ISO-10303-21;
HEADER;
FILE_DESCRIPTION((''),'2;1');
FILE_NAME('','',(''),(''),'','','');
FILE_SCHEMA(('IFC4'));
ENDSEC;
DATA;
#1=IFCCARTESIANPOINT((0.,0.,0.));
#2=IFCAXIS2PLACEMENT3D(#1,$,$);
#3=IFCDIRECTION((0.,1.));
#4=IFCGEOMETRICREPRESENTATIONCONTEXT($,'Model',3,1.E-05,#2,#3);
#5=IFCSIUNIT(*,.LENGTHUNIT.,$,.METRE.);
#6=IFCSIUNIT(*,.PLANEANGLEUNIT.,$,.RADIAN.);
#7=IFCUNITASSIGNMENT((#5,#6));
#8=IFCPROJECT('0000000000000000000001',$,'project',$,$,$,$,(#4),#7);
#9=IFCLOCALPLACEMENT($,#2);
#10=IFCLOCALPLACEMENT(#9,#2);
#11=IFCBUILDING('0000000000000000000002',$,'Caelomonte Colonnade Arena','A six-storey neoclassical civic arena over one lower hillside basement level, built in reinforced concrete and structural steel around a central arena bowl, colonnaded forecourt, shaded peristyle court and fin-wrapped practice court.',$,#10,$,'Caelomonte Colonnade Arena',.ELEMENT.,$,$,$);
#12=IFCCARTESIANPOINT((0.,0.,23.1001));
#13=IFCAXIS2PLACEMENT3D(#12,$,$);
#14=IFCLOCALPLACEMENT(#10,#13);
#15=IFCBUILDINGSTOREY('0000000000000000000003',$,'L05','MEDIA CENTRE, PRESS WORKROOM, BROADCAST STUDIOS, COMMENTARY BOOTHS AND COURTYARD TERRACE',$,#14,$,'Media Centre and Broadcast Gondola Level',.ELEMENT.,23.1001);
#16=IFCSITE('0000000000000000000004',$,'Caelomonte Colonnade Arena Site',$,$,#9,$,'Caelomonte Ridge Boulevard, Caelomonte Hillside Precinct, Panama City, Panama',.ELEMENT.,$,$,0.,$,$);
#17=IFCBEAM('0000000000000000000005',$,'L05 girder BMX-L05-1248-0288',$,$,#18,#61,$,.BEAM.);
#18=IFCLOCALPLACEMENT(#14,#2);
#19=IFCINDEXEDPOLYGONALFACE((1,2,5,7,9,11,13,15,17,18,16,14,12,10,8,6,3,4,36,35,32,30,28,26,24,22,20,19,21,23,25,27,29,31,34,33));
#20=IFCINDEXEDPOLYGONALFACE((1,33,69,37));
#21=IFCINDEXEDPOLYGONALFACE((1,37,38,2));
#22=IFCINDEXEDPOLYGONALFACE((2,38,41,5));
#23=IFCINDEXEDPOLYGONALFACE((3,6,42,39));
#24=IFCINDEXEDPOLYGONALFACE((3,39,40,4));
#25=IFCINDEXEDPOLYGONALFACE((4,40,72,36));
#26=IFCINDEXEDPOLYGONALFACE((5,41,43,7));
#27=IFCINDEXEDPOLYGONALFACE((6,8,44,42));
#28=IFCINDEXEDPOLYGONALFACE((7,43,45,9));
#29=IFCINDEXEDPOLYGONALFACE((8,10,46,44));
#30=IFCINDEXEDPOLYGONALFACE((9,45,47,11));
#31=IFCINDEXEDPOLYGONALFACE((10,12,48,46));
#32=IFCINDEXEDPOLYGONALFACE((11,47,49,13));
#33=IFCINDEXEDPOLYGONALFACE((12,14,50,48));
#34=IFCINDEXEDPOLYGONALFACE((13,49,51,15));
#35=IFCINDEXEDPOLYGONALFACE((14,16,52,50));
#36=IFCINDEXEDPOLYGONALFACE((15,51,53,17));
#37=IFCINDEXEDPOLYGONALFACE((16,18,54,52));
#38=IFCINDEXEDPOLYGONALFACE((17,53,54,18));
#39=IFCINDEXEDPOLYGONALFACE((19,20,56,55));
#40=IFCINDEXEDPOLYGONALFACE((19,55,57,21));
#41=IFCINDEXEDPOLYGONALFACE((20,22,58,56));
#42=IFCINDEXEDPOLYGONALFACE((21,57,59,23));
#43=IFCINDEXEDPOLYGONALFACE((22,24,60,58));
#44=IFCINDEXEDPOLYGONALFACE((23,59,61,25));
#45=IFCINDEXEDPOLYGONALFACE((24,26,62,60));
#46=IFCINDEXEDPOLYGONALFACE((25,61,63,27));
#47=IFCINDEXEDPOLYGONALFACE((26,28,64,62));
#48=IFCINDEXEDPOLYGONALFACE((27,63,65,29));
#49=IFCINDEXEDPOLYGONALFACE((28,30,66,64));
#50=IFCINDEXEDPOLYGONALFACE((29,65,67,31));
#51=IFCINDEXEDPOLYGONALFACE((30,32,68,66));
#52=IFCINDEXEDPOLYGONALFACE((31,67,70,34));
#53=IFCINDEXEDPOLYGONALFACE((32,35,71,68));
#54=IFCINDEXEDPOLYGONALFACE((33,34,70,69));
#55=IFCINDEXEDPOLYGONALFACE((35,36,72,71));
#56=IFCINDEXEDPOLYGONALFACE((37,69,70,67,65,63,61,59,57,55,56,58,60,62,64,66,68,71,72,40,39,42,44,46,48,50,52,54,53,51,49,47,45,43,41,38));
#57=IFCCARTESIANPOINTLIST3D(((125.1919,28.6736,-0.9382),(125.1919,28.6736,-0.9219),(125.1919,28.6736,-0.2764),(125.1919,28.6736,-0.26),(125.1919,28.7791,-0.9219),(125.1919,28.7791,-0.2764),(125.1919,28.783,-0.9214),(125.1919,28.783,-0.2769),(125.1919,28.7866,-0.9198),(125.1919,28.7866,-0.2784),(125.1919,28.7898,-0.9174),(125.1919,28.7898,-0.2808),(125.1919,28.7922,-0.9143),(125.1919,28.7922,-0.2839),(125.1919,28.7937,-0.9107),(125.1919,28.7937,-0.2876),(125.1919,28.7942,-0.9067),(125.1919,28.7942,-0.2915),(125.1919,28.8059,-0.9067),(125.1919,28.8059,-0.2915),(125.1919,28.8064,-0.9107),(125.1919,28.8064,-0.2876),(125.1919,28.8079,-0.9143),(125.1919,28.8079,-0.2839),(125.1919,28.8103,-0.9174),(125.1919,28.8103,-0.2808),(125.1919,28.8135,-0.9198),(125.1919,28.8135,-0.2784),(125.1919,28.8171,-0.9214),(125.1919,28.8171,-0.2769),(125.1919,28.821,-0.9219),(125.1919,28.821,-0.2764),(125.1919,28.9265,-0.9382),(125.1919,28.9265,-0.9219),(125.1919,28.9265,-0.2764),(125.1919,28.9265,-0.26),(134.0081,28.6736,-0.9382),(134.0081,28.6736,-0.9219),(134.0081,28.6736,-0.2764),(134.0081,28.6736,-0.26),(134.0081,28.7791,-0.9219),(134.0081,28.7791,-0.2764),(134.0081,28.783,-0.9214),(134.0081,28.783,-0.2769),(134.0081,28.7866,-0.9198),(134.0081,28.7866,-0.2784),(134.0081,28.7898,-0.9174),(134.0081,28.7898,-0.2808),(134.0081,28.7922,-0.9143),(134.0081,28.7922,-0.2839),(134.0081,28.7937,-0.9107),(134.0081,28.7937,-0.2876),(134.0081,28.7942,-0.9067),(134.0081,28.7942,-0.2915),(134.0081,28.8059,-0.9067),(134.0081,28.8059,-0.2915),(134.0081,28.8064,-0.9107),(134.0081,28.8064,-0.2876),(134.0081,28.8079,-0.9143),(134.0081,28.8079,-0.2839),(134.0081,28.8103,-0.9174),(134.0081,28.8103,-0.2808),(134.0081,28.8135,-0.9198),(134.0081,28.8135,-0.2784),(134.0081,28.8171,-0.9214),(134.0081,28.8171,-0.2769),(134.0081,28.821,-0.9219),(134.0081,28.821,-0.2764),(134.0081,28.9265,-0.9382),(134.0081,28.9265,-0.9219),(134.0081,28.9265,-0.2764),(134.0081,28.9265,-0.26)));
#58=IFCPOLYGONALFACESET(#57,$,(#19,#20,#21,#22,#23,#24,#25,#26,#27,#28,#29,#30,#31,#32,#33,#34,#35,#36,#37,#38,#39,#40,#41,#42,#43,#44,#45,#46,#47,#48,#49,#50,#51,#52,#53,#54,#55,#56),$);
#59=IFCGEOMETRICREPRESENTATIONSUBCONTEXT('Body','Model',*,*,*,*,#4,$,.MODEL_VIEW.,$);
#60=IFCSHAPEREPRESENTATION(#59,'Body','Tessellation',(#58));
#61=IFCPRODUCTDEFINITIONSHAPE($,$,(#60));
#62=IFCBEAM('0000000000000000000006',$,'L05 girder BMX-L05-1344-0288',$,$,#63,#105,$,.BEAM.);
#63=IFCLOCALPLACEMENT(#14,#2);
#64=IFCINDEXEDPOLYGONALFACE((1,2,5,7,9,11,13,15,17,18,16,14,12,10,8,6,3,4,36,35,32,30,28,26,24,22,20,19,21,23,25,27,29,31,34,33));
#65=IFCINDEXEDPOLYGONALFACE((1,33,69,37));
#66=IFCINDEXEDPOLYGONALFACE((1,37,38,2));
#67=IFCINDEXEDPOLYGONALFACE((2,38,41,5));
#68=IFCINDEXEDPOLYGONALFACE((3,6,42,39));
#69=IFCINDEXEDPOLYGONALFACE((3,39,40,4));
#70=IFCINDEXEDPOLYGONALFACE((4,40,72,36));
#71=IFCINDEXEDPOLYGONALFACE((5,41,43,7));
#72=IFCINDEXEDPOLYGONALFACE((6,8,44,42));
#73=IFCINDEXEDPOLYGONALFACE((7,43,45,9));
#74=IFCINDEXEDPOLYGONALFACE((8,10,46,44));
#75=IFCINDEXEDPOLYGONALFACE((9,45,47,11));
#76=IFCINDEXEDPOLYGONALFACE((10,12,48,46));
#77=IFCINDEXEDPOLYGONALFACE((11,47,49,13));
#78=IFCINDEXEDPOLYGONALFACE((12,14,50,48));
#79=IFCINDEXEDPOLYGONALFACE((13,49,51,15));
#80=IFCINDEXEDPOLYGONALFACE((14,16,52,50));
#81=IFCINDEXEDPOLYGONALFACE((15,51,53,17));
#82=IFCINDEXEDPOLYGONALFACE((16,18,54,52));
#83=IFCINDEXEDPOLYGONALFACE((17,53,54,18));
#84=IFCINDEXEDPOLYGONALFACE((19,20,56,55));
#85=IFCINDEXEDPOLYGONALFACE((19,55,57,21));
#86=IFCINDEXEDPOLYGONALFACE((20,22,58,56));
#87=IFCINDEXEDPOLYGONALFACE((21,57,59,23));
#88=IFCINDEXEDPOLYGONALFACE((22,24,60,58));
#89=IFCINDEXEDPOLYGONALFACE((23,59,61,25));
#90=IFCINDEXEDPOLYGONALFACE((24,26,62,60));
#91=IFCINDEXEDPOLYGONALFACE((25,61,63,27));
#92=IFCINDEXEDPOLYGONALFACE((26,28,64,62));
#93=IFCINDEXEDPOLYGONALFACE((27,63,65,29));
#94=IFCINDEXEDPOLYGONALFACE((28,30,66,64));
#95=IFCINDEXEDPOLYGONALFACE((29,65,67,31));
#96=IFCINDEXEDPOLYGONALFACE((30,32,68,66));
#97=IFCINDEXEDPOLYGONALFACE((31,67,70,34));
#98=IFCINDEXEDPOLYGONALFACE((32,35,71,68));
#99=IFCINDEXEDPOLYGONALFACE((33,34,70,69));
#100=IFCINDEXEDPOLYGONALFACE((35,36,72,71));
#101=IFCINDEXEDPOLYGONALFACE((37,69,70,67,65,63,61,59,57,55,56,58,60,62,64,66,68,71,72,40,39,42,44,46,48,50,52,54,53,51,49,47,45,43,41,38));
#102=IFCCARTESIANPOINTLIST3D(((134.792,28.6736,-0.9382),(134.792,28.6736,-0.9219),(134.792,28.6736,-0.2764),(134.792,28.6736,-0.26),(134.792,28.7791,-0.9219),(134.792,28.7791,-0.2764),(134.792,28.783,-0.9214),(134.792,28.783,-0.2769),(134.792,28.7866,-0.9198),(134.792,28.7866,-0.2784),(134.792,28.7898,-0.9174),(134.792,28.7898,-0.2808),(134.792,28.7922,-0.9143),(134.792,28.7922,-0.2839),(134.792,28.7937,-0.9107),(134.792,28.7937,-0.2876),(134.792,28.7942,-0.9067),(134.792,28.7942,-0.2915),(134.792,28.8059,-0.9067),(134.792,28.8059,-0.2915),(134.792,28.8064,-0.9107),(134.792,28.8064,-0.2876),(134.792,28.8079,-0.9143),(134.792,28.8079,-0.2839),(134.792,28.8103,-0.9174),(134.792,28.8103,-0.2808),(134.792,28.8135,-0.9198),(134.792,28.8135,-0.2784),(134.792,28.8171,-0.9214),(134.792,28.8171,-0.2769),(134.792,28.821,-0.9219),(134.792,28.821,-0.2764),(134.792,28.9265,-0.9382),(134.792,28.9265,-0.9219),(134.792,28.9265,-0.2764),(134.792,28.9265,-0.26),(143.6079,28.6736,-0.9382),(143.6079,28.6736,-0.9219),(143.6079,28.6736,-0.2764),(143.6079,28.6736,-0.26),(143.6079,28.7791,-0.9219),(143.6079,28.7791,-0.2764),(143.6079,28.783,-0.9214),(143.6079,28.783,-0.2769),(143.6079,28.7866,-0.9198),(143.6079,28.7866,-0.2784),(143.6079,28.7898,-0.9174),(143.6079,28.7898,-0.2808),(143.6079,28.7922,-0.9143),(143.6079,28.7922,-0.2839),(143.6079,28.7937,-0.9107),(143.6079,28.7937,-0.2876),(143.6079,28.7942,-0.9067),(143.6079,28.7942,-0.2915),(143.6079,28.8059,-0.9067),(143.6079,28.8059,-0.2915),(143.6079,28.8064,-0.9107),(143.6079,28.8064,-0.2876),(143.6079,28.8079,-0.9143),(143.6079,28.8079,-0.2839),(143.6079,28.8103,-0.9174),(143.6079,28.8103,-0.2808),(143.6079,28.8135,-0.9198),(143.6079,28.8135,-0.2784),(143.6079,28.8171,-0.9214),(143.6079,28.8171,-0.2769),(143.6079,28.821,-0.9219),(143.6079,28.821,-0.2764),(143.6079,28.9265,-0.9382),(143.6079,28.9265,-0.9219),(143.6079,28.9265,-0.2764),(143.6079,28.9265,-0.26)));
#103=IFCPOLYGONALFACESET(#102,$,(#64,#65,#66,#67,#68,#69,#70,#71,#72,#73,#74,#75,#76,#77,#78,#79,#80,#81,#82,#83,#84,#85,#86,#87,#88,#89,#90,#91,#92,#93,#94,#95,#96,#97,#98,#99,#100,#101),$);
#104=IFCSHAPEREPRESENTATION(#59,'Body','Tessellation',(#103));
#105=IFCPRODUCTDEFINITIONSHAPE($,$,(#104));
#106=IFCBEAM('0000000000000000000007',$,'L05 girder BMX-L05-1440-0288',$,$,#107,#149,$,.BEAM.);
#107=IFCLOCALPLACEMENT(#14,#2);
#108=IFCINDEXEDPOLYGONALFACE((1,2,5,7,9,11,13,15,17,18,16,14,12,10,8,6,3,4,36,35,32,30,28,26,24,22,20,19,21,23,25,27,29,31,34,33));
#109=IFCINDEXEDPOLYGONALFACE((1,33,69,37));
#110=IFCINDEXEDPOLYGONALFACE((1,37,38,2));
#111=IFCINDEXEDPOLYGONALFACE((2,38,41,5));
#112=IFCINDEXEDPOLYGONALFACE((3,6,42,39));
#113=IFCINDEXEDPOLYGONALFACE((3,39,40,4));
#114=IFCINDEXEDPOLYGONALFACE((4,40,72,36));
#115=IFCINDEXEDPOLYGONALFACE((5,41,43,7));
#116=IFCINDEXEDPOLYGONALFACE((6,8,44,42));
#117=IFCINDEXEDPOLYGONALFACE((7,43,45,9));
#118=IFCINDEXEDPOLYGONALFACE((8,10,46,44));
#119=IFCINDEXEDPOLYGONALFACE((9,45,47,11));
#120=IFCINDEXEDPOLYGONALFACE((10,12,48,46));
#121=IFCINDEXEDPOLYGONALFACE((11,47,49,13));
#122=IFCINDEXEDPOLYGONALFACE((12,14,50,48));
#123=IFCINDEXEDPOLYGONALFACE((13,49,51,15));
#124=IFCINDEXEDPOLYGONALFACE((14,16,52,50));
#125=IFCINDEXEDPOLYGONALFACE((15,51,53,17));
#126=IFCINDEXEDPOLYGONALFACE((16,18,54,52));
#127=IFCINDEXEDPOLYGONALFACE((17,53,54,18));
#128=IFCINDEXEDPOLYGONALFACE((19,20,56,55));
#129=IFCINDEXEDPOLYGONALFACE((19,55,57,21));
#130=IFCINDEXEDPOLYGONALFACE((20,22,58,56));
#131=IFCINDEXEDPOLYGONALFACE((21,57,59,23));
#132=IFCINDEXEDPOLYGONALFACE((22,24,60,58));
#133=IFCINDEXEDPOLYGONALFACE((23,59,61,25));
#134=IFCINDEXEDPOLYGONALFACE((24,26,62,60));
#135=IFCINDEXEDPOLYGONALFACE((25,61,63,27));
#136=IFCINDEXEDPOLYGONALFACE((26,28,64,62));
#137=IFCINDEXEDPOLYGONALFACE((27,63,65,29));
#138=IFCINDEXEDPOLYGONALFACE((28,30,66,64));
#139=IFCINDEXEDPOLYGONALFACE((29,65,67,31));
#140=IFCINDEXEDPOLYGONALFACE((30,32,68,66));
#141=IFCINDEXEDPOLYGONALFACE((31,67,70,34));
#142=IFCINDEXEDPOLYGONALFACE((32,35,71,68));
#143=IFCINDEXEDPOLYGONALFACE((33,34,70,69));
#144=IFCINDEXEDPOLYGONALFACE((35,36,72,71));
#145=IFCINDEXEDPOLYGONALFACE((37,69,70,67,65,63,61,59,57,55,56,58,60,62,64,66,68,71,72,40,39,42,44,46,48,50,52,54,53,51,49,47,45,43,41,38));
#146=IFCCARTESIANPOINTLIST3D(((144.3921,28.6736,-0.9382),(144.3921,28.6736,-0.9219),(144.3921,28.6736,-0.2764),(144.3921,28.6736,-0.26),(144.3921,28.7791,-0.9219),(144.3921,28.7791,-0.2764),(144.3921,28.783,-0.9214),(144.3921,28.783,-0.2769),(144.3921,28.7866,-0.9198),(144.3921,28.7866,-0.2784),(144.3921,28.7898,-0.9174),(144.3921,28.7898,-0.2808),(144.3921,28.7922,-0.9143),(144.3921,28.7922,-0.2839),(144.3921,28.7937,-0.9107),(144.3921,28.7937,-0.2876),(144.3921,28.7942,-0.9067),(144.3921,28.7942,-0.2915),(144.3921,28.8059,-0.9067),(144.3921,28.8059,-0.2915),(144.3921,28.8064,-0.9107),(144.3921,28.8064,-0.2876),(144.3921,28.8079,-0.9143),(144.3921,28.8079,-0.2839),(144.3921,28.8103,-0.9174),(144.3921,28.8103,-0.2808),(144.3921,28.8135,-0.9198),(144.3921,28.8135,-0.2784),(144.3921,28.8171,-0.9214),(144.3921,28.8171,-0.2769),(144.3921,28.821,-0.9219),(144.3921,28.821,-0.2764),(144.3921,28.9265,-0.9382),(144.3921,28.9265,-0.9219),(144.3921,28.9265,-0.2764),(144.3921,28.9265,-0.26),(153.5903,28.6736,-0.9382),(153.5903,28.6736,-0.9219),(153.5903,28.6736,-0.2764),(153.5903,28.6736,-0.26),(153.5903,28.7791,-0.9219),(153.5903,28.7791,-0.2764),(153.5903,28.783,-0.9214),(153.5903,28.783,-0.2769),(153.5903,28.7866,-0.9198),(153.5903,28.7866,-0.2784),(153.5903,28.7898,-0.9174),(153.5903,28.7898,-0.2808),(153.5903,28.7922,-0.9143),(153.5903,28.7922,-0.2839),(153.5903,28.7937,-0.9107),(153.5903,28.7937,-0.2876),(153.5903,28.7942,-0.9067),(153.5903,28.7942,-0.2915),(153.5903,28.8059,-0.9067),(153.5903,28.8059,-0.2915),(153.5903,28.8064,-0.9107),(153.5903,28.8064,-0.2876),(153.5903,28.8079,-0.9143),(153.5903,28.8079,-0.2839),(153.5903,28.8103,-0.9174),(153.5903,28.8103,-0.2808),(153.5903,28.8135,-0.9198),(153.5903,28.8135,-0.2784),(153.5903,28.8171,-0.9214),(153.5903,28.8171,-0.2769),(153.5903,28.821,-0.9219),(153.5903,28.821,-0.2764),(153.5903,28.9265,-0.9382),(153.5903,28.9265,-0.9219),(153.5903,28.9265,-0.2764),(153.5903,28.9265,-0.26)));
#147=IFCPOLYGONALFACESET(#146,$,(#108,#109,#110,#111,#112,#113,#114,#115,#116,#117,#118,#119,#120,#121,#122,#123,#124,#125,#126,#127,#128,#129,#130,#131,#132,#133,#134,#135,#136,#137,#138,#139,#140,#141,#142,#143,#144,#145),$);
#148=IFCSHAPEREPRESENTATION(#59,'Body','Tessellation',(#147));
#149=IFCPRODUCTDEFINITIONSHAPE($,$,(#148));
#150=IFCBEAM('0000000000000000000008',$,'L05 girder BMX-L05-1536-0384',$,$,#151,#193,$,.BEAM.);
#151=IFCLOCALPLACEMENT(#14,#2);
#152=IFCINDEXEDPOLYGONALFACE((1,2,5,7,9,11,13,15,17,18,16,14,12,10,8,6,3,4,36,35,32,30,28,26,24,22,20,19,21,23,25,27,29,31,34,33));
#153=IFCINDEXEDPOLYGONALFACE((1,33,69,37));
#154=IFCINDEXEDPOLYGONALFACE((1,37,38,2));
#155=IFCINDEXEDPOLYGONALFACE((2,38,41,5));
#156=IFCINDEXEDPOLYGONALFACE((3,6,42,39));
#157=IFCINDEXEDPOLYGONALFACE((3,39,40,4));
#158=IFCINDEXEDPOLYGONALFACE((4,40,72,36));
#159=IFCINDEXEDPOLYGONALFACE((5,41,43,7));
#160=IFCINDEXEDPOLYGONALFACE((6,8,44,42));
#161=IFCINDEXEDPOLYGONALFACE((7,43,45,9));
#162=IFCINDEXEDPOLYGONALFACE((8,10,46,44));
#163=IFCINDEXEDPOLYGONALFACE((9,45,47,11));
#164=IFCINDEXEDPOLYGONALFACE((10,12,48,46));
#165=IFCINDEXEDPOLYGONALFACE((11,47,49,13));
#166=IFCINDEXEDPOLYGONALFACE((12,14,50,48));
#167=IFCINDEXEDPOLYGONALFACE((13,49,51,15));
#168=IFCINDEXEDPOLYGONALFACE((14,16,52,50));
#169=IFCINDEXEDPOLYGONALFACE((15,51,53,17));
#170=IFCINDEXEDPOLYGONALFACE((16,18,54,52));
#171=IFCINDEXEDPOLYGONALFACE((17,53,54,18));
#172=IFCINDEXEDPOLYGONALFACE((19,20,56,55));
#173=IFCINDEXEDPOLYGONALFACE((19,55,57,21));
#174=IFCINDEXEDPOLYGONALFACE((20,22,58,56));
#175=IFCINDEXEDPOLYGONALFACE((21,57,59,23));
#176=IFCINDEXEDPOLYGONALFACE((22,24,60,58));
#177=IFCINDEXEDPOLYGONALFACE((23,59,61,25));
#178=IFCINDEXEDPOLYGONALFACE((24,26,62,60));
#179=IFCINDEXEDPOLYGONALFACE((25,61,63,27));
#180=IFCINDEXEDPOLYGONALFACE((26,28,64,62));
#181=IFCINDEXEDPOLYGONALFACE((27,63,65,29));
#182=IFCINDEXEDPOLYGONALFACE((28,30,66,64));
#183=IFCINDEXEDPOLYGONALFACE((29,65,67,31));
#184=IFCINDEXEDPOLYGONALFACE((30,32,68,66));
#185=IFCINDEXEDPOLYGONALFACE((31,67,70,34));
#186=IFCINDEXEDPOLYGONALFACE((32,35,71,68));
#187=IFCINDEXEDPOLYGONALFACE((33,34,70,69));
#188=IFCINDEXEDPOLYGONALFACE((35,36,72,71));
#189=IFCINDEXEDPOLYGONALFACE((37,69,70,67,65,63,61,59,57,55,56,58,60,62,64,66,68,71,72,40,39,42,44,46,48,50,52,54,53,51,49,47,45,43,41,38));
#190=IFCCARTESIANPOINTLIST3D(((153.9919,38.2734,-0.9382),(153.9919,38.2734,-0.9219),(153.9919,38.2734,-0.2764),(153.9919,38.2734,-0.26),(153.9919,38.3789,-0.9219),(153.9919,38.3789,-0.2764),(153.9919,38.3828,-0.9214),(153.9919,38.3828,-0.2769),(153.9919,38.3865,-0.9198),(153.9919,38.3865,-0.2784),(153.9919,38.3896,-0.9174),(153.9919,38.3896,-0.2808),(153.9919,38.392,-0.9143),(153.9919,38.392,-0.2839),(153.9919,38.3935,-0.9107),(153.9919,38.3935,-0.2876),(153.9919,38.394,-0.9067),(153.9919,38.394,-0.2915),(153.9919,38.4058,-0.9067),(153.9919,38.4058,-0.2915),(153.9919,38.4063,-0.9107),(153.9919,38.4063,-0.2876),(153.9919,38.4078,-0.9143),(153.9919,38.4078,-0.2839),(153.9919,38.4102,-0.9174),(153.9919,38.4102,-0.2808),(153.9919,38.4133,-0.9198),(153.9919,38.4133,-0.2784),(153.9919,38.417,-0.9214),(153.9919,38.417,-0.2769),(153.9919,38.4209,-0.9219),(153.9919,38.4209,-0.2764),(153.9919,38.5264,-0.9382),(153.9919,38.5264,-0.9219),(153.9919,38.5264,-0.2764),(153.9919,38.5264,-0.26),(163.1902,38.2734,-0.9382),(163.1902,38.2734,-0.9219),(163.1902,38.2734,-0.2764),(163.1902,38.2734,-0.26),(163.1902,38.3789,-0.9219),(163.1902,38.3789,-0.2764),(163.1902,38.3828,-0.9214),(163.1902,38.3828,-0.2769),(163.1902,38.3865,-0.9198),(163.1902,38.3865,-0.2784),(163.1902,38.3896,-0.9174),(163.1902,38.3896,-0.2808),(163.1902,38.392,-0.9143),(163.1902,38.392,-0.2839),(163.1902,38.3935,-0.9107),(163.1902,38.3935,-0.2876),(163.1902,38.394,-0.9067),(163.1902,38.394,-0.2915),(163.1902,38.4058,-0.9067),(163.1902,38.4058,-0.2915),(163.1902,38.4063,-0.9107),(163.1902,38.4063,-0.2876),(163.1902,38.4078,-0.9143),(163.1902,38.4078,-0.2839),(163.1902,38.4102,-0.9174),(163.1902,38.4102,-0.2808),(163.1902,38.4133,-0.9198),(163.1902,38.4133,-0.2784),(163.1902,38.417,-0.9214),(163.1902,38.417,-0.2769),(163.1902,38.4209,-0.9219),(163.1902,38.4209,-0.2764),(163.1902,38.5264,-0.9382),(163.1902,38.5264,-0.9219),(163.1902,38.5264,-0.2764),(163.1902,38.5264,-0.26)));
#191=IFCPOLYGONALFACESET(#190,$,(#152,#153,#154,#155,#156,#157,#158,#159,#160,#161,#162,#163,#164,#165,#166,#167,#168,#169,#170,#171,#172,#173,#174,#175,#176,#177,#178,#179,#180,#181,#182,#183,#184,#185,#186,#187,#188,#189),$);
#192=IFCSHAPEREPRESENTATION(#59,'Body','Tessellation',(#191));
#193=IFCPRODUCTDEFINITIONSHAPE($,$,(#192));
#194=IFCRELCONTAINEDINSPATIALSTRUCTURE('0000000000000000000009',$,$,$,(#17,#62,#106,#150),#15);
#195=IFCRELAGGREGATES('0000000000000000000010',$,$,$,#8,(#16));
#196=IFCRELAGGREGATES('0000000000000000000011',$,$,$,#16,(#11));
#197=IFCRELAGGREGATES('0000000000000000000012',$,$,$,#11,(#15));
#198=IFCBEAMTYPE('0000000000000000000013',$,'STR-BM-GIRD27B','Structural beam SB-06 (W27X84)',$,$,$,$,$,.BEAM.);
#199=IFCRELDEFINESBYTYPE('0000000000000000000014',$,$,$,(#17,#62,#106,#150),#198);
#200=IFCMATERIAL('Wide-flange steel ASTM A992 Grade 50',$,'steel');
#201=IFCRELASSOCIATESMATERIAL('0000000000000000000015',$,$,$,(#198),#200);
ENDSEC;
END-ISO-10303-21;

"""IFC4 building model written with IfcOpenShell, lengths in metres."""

from ifc_helpers import new_model, si_unit, direction, frame, origin, origin_2d, place, context, subcontext, project, spatial, i_section, extrude, material, material_profile, profile_set, type_object, element, save


model = new_model("IFC4")

# Units and contexts
model_context = context("Model", 3, precision=1e-05, world=origin(), true_north=direction((0.0, 1.0)))
body_context = subcontext(model_context, "Body", "Model", "MODEL_VIEW")
ifc_project = project(units=[si_unit("LENGTHUNIT", "METRE"), si_unit("PLANEANGLEUNIT", "RADIAN")], contexts=[model_context])

# Site, building, storey
site_placement = place(None, origin())
site = spatial("IfcSite", under=ifc_project, at=site_placement, Name="Caelomonte Colonnade Arena Site", LongName="Caelomonte Ridge Boulevard, Caelomonte Hillside Precinct, Panama City, Panama", CompositionType="ELEMENT", RefElevation=0.0)
building_placement = place(site_placement, origin())
building = spatial("IfcBuilding", under=site, at=building_placement, Name="Caelomonte Colonnade Arena", Description="A six-storey neoclassical civic arena over one lower hillside basement level, built in reinforced concrete and structural steel around a central arena bowl, colonnaded forecourt, shaded peristyle court and fin-wrapped practice court.", LongName="Caelomonte Colonnade Arena", CompositionType="ELEMENT")
storey_placement = place(building_placement, frame((0.0, 0.0, 23.1001)))
storey = spatial("IfcBuildingStorey", under=building, at=storey_placement, Name="L05", Description="MEDIA CENTRE, PRESS WORKROOM, BROADCAST STUDIOS, COMMENTARY BOOTHS AND COURTYARD TERRACE", LongName="Media Centre and Broadcast Gondola Level", CompositionType="ELEMENT", Elevation=23.1001)

# Shared definitions
ifc_material_1 = material(Name="Wide-flange steel ASTM A992 Grade 50", Category="steel")

# Beams
ifc_material_profile_1 = material_profile(ifc_material_1, i_section(OverallWidth=0.2529, OverallDepth=0.6782, WebThickness=0.0117, FlangeThickness=0.0164, FilletRadius=0.0151, at=origin_2d()), Name="W27X84")
ifc_profile_set_1 = profile_set([ifc_material_profile_1], Name="Wide-flange steel ASTM A992 Grade 50")
beam_type_1 = type_object("IfcBeamType", Name="STR-BM-GIRD27B", Description="Structural beam SB-06 (W27X84)", PredefinedType="BEAM", material=ifc_profile_set_1)
beam_1_placement = place(storey_placement, frame((125.1919, 28.8, -0.5991), z_axis=(1.0, 0.0, 0.0), x_axis=(0.0, 1.0, 0.0)))
element("IfcBeam", 1, at=beam_1_placement, inside=storey, type_object=beam_type_1, Name="L05 girder BMX-L05-1248-0288", PredefinedType="BEAM", context=body_context, shape_type="SweptSolid", body=[
    extrude(i_section(OverallWidth=0.2529, OverallDepth=0.6782, WebThickness=0.0117, FlangeThickness=0.0164, FilletRadius=0.0151, at=origin_2d()), origin(), (0.0, 0.0, 1.0), 8.8162),
])
beam_2_placement = place(storey_placement, frame((134.792, 28.8, -0.5991), z_axis=(1.0, 0.0, 0.0), x_axis=(0.0, 1.0, 0.0)))
element("IfcBeam", 2, at=beam_2_placement, inside=storey, type_object=beam_type_1, Name="L05 girder BMX-L05-1344-0288", PredefinedType="BEAM", context=body_context, shape_type="SweptSolid", body=[
    extrude(i_section(OverallWidth=0.2529, OverallDepth=0.6782, WebThickness=0.0117, FlangeThickness=0.0164, FilletRadius=0.0151, at=origin_2d()), origin(), (0.0, 0.0, 1.0), 8.8159),
])
for number, where, z_axis, x_axis, name in (
    (3, (144.3921, 28.8, -0.5991), (1.0, 0.0, 0.0), (0.0, 1.0, 0.0), "L05 girder BMX-L05-1440-0288"),
    (4, (153.9919, 38.3999, -0.5991), (1.0, 0.0, 0.0), (0.0, 1.0, 0.0), "L05 girder BMX-L05-1536-0384"),
):
    element("IfcBeam", number, at=place(storey_placement, frame(where, z_axis=z_axis, x_axis=x_axis)), inside=storey, type_object=beam_type_1, Name=name, PredefinedType="BEAM", context=body_context, shape_type="SweptSolid", body=[
        extrude(i_section(OverallWidth=0.2529, OverallDepth=0.6782, WebThickness=0.0117, FlangeThickness=0.0164, FilletRadius=0.0151, at=origin_2d()), origin(), (0.0, 0.0, 1.0), 9.1982),
    ])

save(model, "model.ifc")
